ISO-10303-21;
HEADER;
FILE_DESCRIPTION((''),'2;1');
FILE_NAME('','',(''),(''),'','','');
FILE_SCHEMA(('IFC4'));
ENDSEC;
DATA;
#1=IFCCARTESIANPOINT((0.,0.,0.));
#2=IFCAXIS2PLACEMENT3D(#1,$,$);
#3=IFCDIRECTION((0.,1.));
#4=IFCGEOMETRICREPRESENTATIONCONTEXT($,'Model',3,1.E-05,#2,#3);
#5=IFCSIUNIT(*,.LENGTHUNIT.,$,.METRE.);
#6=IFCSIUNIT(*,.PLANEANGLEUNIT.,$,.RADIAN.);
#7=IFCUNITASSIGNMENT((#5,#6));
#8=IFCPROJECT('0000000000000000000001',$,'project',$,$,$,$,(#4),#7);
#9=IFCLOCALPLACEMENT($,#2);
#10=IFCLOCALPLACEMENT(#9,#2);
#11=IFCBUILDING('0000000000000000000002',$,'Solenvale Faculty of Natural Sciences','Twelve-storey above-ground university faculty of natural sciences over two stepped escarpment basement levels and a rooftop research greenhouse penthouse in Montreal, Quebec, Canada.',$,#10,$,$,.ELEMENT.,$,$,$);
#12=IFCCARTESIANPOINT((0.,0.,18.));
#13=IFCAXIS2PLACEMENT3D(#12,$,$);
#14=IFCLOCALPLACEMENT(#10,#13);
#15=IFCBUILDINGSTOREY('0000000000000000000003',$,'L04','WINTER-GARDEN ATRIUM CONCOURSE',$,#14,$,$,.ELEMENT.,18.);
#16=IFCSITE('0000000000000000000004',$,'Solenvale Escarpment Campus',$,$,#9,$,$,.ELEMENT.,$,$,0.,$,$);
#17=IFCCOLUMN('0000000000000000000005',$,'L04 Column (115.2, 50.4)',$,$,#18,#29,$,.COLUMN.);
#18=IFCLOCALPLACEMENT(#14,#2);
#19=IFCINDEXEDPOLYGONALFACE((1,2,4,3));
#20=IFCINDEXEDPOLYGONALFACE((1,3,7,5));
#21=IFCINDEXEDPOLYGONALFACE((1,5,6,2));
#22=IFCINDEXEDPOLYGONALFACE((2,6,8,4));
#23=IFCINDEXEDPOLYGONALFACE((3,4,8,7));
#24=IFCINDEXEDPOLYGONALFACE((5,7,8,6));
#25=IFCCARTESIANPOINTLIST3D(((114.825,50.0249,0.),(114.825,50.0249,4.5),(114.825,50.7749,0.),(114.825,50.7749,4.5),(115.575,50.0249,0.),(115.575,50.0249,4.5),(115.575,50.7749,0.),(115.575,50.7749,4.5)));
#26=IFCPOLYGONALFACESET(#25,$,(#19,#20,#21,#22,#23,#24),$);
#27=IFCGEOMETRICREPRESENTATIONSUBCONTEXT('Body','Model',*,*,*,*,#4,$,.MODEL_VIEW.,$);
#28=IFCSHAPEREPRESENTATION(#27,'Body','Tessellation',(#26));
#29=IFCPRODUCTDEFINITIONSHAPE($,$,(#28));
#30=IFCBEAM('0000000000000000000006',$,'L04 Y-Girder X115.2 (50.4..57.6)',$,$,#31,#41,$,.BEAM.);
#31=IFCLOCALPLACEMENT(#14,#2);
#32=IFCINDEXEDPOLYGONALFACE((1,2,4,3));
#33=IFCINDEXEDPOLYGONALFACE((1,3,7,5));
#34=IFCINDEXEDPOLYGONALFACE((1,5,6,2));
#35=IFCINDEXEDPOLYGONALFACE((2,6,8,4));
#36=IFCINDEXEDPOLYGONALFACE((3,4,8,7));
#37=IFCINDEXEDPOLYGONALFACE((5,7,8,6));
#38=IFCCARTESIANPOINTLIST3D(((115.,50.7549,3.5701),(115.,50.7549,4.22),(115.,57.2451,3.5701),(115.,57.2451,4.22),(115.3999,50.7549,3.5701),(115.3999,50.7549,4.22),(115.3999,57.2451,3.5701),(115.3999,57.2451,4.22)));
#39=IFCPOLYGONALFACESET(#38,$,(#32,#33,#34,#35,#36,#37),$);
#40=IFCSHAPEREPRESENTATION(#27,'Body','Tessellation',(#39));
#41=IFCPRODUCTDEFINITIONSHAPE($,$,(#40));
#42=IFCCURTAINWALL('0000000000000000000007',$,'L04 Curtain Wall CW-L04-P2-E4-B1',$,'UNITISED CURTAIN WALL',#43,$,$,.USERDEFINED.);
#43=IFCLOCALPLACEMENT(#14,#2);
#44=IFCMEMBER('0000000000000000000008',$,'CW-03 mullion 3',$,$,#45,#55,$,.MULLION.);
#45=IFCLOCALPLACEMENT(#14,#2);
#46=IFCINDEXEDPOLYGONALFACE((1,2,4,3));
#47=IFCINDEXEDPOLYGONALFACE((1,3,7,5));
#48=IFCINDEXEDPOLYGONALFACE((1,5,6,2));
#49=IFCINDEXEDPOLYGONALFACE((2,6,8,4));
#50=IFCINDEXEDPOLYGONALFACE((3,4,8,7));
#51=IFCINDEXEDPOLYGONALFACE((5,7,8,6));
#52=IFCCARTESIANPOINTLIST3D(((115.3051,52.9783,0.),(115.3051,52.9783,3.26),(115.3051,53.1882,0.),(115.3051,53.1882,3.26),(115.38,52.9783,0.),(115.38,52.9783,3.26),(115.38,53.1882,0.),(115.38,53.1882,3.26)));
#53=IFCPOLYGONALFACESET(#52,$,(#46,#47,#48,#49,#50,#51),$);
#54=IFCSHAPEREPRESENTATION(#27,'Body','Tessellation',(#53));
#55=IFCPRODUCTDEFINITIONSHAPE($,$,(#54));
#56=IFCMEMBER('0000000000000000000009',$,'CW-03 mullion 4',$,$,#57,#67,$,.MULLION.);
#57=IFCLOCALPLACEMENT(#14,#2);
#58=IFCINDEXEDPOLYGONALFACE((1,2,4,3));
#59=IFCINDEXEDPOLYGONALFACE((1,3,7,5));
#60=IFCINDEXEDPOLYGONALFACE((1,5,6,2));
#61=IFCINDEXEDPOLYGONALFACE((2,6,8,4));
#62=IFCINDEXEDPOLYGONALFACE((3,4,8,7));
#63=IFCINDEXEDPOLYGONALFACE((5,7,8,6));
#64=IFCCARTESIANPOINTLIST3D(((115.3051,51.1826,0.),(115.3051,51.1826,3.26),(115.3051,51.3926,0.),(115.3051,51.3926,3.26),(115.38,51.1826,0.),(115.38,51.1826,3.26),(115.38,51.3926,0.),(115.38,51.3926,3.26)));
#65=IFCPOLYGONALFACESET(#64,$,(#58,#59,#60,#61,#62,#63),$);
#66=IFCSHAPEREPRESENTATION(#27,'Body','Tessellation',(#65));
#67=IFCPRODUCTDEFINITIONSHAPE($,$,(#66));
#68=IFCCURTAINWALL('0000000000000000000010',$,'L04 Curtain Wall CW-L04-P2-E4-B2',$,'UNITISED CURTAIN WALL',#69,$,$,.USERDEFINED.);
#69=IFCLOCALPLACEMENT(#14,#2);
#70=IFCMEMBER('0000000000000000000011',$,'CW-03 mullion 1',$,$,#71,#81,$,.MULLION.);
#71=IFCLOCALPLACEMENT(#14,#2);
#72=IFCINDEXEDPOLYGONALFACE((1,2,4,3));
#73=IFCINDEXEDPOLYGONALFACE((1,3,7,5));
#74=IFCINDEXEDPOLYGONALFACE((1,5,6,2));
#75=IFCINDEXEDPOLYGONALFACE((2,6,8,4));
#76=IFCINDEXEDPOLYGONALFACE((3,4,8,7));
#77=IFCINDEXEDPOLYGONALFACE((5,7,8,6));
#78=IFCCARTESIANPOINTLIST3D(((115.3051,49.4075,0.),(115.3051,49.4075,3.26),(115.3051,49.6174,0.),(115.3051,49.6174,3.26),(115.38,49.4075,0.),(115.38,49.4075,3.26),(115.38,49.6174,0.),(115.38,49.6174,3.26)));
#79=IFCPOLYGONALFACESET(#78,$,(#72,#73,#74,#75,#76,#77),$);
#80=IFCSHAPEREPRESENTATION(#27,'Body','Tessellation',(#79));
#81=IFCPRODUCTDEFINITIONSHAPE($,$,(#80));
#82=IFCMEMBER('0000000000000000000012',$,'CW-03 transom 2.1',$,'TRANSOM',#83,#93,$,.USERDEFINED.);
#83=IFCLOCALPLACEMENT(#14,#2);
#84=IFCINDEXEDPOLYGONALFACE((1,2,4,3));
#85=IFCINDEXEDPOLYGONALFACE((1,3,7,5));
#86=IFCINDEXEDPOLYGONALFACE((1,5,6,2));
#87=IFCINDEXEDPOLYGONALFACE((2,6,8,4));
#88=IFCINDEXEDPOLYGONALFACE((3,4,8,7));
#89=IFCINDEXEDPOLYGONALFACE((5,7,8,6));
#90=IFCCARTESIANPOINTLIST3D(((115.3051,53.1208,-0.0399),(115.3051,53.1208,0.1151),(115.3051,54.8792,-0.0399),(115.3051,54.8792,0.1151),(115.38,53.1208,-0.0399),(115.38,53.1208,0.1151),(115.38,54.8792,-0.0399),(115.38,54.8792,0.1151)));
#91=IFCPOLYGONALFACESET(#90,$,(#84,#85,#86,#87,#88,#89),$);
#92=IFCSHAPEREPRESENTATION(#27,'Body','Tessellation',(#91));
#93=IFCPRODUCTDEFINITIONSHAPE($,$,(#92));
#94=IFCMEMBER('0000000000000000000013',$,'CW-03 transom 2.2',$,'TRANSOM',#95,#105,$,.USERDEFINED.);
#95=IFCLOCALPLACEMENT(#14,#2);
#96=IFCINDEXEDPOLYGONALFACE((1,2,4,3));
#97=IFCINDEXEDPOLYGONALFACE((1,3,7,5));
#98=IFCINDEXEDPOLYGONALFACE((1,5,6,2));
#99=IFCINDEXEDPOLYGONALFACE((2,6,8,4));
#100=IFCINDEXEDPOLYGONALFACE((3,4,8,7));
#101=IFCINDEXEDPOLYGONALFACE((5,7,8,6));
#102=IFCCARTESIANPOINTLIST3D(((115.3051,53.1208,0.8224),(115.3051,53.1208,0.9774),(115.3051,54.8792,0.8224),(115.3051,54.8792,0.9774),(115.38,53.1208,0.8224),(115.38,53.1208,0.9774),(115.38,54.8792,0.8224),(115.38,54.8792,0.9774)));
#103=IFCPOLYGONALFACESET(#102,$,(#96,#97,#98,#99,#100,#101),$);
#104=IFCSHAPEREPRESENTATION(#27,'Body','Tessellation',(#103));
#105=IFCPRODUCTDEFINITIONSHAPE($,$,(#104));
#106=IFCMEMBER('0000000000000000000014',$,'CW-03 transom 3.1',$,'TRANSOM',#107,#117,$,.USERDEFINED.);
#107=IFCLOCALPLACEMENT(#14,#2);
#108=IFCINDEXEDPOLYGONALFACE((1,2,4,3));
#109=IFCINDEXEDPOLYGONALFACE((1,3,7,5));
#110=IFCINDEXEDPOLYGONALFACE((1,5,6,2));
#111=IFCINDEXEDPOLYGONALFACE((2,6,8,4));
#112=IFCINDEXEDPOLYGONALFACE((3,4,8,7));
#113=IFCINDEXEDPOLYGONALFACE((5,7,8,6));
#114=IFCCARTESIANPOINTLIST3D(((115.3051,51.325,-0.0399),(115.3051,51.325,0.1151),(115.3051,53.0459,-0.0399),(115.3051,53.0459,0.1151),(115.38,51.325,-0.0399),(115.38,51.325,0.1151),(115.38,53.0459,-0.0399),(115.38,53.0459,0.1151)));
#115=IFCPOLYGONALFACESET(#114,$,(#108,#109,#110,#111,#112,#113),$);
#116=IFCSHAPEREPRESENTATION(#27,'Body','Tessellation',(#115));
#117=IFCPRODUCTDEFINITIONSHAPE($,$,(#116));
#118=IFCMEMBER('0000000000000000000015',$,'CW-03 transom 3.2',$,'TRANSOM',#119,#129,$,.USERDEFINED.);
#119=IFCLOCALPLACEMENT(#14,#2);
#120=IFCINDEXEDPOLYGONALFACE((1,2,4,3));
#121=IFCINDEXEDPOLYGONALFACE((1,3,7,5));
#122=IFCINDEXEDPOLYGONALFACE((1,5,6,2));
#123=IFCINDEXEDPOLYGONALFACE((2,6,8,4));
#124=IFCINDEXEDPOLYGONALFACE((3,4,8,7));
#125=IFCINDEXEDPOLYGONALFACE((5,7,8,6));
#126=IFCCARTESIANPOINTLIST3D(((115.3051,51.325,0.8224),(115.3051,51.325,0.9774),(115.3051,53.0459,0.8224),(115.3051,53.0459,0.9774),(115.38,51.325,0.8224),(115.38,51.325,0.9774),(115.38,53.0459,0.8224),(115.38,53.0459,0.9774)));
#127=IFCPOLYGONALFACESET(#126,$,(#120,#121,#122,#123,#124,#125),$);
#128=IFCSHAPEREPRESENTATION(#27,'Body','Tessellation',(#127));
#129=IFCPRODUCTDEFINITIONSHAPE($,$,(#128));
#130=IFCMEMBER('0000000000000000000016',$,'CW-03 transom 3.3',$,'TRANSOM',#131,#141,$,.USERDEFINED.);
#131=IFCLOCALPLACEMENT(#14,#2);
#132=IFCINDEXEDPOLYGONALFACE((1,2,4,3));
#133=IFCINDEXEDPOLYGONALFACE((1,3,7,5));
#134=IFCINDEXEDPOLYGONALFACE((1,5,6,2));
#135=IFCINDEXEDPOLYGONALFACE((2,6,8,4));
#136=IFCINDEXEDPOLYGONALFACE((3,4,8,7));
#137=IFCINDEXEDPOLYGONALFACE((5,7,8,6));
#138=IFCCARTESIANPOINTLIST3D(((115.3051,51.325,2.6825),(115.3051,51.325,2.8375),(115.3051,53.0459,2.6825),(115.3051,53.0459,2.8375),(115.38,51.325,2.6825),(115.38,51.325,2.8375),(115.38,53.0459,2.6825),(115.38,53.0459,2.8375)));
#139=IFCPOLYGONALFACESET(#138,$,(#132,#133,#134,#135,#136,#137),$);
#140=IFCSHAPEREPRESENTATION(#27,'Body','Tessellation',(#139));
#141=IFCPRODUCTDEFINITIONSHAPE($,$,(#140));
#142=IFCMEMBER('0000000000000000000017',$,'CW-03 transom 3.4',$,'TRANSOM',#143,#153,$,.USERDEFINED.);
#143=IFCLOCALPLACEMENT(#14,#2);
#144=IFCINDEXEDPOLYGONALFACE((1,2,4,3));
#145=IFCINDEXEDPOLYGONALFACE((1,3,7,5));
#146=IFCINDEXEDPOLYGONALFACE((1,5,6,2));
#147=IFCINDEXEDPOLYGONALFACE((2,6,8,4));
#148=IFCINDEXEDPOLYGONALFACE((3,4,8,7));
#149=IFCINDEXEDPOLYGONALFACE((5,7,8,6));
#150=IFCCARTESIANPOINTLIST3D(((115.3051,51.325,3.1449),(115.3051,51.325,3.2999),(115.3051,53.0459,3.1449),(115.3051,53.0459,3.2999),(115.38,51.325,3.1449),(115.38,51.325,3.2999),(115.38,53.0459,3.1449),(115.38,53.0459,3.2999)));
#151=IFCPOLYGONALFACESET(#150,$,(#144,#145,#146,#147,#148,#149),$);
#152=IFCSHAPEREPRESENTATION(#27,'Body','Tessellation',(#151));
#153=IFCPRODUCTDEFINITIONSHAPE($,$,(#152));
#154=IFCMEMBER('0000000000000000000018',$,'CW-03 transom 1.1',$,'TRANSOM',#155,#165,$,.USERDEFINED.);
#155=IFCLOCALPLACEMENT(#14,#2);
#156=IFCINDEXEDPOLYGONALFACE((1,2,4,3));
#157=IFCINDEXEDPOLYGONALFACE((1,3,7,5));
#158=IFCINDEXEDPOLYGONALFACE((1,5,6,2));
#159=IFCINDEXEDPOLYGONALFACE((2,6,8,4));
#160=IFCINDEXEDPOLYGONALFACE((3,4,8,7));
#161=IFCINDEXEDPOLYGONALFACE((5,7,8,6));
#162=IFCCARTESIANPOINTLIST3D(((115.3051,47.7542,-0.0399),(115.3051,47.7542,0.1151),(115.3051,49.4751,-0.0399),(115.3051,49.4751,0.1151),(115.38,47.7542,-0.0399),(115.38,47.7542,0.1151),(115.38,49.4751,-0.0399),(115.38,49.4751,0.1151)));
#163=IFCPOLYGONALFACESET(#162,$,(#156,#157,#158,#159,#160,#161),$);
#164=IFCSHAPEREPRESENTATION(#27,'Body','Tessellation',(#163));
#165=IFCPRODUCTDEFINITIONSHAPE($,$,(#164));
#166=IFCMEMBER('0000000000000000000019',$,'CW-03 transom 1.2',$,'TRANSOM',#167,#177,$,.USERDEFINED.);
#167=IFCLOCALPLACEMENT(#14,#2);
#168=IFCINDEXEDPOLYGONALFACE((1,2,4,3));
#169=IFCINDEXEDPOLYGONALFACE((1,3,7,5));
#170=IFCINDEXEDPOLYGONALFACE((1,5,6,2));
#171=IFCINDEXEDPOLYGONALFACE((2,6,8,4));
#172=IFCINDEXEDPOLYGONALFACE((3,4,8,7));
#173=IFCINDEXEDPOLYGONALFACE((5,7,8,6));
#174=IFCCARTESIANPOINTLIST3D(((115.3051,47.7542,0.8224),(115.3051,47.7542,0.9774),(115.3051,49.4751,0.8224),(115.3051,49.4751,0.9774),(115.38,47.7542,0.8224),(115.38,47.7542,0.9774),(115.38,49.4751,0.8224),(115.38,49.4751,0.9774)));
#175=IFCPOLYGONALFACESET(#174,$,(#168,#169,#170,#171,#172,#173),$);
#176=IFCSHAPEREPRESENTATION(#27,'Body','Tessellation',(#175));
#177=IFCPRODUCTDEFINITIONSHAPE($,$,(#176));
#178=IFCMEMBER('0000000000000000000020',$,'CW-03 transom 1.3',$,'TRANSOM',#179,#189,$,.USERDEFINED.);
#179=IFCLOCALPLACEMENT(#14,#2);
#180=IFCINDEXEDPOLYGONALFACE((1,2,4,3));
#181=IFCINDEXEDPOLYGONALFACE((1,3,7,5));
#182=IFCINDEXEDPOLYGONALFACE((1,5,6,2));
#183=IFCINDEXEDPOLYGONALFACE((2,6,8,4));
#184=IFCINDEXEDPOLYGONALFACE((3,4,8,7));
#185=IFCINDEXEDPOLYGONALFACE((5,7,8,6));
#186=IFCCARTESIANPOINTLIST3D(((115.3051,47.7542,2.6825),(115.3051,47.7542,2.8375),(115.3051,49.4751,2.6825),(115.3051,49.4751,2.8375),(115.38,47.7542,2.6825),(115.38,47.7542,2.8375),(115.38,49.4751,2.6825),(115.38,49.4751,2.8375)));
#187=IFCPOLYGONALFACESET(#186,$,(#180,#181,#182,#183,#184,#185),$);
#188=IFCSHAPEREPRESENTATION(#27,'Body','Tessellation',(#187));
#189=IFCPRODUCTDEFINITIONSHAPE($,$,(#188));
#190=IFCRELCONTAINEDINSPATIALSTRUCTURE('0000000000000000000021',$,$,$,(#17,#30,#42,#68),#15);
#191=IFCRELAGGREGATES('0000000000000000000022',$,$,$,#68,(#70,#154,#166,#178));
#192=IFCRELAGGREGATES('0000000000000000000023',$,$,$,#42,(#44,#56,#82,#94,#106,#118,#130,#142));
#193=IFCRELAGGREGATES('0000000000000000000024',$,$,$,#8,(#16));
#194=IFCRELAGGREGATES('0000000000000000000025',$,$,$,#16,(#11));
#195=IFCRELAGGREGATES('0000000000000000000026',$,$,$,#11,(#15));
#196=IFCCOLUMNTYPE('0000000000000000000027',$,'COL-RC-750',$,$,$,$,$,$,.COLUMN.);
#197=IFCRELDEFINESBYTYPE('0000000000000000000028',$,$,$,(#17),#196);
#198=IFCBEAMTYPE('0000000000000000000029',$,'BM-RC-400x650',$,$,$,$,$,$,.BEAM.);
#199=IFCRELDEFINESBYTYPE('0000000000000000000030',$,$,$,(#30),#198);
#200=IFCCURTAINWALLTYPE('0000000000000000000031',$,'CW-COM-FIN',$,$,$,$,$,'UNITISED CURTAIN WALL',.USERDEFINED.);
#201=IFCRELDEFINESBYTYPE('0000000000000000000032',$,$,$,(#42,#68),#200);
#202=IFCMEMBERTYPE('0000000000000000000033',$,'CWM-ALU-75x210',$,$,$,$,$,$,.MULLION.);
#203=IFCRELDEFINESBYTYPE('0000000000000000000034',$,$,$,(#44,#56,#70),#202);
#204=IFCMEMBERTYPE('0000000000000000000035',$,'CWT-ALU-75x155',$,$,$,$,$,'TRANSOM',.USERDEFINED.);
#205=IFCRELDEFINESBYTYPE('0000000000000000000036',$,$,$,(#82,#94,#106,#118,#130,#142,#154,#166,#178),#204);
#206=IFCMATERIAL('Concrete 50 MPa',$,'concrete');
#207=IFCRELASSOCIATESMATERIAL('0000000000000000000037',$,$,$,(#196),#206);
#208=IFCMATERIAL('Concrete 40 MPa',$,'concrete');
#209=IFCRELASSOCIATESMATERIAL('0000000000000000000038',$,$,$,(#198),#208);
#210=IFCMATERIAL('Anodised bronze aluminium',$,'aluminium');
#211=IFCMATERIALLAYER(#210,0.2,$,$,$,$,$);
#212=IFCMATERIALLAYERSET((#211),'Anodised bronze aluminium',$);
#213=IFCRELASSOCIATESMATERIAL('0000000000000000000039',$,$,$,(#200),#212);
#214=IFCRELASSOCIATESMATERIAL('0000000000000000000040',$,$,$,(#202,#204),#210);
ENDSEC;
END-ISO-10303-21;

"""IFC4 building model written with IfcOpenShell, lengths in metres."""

from ifc_helpers import new_model, si_unit, direction, frame, origin, origin_2d, place, context, subcontext, project, spatial, rectangle, extrude, material, layer, layer_set, material_profile, profile_set, type_object, element, aggregate, save


model = new_model("IFC4")

# Units and contexts
model_context = context("Model", 3, precision=1e-05, world=origin(), true_north=direction((0.0, 1.0)))
body_context = subcontext(model_context, "Body", "Model", "MODEL_VIEW")
ifc_project = project(units=[si_unit("LENGTHUNIT", "METRE"), si_unit("PLANEANGLEUNIT", "RADIAN")], contexts=[model_context])

# Site, building, storey
site_placement = place(None, origin())
site = spatial("IfcSite", under=ifc_project, at=site_placement, Name="Solenvale Escarpment Campus", CompositionType="ELEMENT", RefElevation=0.0)
building_placement = place(site_placement, origin())
building = spatial("IfcBuilding", under=site, at=building_placement, Name="Solenvale Faculty of Natural Sciences", Description="Twelve-storey above-ground university faculty of natural sciences over two stepped escarpment basement levels and a rooftop research greenhouse penthouse in Montreal, Quebec, Canada.", CompositionType="ELEMENT")
storey_placement = place(building_placement, frame((0.0, 0.0, 18.0)))
storey = spatial("IfcBuildingStorey", under=building, at=storey_placement, Name="L04", Description="WINTER-GARDEN ATRIUM CONCOURSE", CompositionType="ELEMENT", Elevation=18.0)

# Column
ifc_material_1 = material(Name="Concrete 50 MPa", Category="concrete")
ifc_material_profile_1 = material_profile(ifc_material_1, rectangle(XDim=0.75, YDim=0.75, at=origin_2d()), Name="RC-COL-750x750")
ifc_profile_set_1 = profile_set([ifc_material_profile_1], Name="Concrete 50 MPa")
column_type = type_object("IfcColumnType", Name="COL-RC-750", PredefinedType="COLUMN", material=ifc_profile_set_1)
column_placement = place(storey_placement, frame((115.2, 50.3999, 0.0), z_axis=(0.0, 0.0, 1.0), x_axis=(1.0, 0.0, 0.0)))
element("IfcColumn", 1, at=column_placement, inside=storey, type_object=column_type, Name="L04 Column (115.2, 50.4)", PredefinedType="COLUMN", context=body_context, shape_type="SweptSolid", body=[
    extrude(rectangle(XDim=0.75, YDim=0.75, at=origin_2d()), origin(), (0.0, 0.0, 1.0), 4.5),
])

# Beam
ifc_material_2 = material(Name="Concrete 40 MPa", Category="concrete")
ifc_material_profile_2 = material_profile(ifc_material_2, rectangle(XDim=0.3999, YDim=0.6499, at=origin_2d()), Name="RC-BM-400x650")
ifc_profile_set_2 = profile_set([ifc_material_profile_2], Name="Concrete 40 MPa")
beam_type = type_object("IfcBeamType", Name="BM-RC-400x650", PredefinedType="BEAM", material=ifc_profile_set_2)
beam_placement = place(storey_placement, frame((115.2, 50.7549, 3.895), z_axis=(0.0, 1.0, 0.0), x_axis=(-1.0, 0.0, 0.0)))
element("IfcBeam", 2, at=beam_placement, inside=storey, type_object=beam_type, Name="L04 Y-Girder X115.2 (50.4..57.6)", PredefinedType="BEAM", context=body_context, shape_type="SweptSolid", body=[
    extrude(rectangle(XDim=0.3999, YDim=0.6499, at=origin_2d()), origin(), (0.0, 0.0, 1.0), 6.4902),
])

# Curtain wall, members
ifc_material_3 = material(Name="Anodised bronze aluminium", Category="aluminium")
ifc_layer_1 = layer(ifc_material_3, 0.2)
ifc_layer_set_1 = layer_set([ifc_layer_1], Name="Anodised bronze aluminium")
curtain_wall_type = type_object("IfcCurtainWallType", Name="CW-COM-FIN", ElementType="UNITISED CURTAIN WALL", PredefinedType="USERDEFINED", material=ifc_layer_set_1)
curtain_wall_1_placement = place(storey_placement, origin())
curtain_wall_1 = element("IfcCurtainWall", 3, at=curtain_wall_1_placement, inside=storey, type_object=curtain_wall_type, Name="L04 Curtain Wall CW-L04-P2-E4-B1", ObjectType="UNITISED CURTAIN WALL", PredefinedType="USERDEFINED")
ifc_material_profile_3 = material_profile(ifc_material_3, rectangle(XDim=0.075, YDim=0.21, at=origin_2d()), Name="ALU-MUL-75x210")
ifc_profile_set_3 = profile_set([ifc_material_profile_3], Name="Anodised bronze aluminium")
member_type_1 = type_object("IfcMemberType", Name="CWM-ALU-75x210", PredefinedType="MULLION", material=ifc_profile_set_3)
member_1_placement = place(storey_placement, frame((115.3425, 53.0833, 0.0), z_axis=(0.0, 0.0, 1.0), x_axis=(1.0, 0.0, 0.0)))
member_1 = element("IfcMember", 4, at=member_1_placement, type_object=member_type_1, Name="CW-03 mullion 3", PredefinedType="MULLION", context=body_context, shape_type="SweptSolid", body=[
    extrude(rectangle(XDim=0.075, YDim=0.21, at=origin_2d()), origin(), (0.0, 0.0, 1.0), 3.26),
])
member_2_placement = place(storey_placement, frame((115.3425, 51.2876, 0.0), z_axis=(0.0, 0.0, 1.0), x_axis=(1.0, 0.0, 0.0)))
member_2 = element("IfcMember", 5, at=member_2_placement, type_object=member_type_1, Name="CW-03 mullion 4", PredefinedType="MULLION", context=body_context, shape_type="SweptSolid", body=[
    extrude(rectangle(XDim=0.075, YDim=0.21, at=origin_2d()), origin(), (0.0, 0.0, 1.0), 3.26),
])

# Curtain wall, member
curtain_wall_2_placement = place(storey_placement, origin())
curtain_wall_2 = element("IfcCurtainWall", 6, at=curtain_wall_2_placement, inside=storey, type_object=curtain_wall_type, Name="L04 Curtain Wall CW-L04-P2-E4-B2", ObjectType="UNITISED CURTAIN WALL", PredefinedType="USERDEFINED")
member_3_placement = place(storey_placement, frame((115.3425, 49.5125, 0.0), z_axis=(0.0, 0.0, 1.0), x_axis=(1.0, 0.0, 0.0)))
member_3 = element("IfcMember", 7, at=member_3_placement, type_object=member_type_1, Name="CW-03 mullion 1", PredefinedType="MULLION", context=body_context, shape_type="SweptSolid", body=[
    extrude(rectangle(XDim=0.075, YDim=0.21, at=origin_2d()), origin(), (0.0, 0.0, 1.0), 3.26),
])

# Members
ifc_material_profile_4 = material_profile(ifc_material_3, rectangle(XDim=0.075, YDim=0.155, at=origin_2d()), Name="ALU-TRN-75x155")
ifc_profile_set_4 = profile_set([ifc_material_profile_4], Name="Anodised bronze aluminium")
member_type_2 = type_object("IfcMemberType", Name="CWT-ALU-75x155", ElementType="TRANSOM", PredefinedType="USERDEFINED", material=ifc_profile_set_4)
member_4_placement = place(storey_placement, frame((115.3425, 54.8792, 0.0376), z_axis=(0.0, -1.0, 0.0), x_axis=(1.0, 0.0, 0.0)))
member_4 = element("IfcMember", 8, at=member_4_placement, type_object=member_type_2, Name="CW-03 transom 2.1", ObjectType="TRANSOM", PredefinedType="USERDEFINED", context=body_context, shape_type="SweptSolid", body=[
    extrude(rectangle(XDim=0.075, YDim=0.155, at=origin_2d()), origin(), (0.0, 0.0, 1.0), 1.7583),
])
member_5_placement = place(storey_placement, frame((115.3425, 54.8792, 0.8999), z_axis=(0.0, -1.0, 0.0), x_axis=(1.0, 0.0, 0.0)))
member_5 = element("IfcMember", 9, at=member_5_placement, type_object=member_type_2, Name="CW-03 transom 2.2", ObjectType="TRANSOM", PredefinedType="USERDEFINED", context=body_context, shape_type="SweptSolid", body=[
    extrude(rectangle(XDim=0.075, YDim=0.155, at=origin_2d()), origin(), (0.0, 0.0, 1.0), 1.7583),
])
member_6_placement = place(storey_placement, frame((115.3425, 53.0459, 0.0376), z_axis=(0.0, -1.0, 0.0), x_axis=(1.0, 0.0, 0.0)))
member_6 = element("IfcMember", 10, at=member_6_placement, type_object=member_type_2, Name="CW-03 transom 3.1", ObjectType="TRANSOM", PredefinedType="USERDEFINED", context=body_context, shape_type="SweptSolid", body=[
    extrude(rectangle(XDim=0.075, YDim=0.155, at=origin_2d()), origin(), (0.0, 0.0, 1.0), 1.7209),
])
member_7_placement = place(storey_placement, frame((115.3425, 53.0459, 0.8999), z_axis=(0.0, -1.0, 0.0), x_axis=(1.0, 0.0, 0.0)))
member_7 = element("IfcMember", 11, at=member_7_placement, type_object=member_type_2, Name="CW-03 transom 3.2", ObjectType="TRANSOM", PredefinedType="USERDEFINED", context=body_context, shape_type="SweptSolid", body=[
    extrude(rectangle(XDim=0.075, YDim=0.155, at=origin_2d()), origin(), (0.0, 0.0, 1.0), 1.7209),
])
member_8_placement = place(storey_placement, frame((115.3425, 53.0459, 2.76), z_axis=(0.0, -1.0, 0.0), x_axis=(1.0, 0.0, 0.0)))
member_8 = element("IfcMember", 12, at=member_8_placement, type_object=member_type_2, Name="CW-03 transom 3.3", ObjectType="TRANSOM", PredefinedType="USERDEFINED", context=body_context, shape_type="SweptSolid", body=[
    extrude(rectangle(XDim=0.075, YDim=0.155, at=origin_2d()), origin(), (0.0, 0.0, 1.0), 1.7209),
])
member_9_placement = place(storey_placement, frame((115.3425, 53.0459, 3.2224), z_axis=(0.0, -1.0, 0.0), x_axis=(1.0, 0.0, 0.0)))
member_9 = element("IfcMember", 13, at=member_9_placement, type_object=member_type_2, Name="CW-03 transom 3.4", ObjectType="TRANSOM", PredefinedType="USERDEFINED", context=body_context, shape_type="SweptSolid", body=[
    extrude(rectangle(XDim=0.075, YDim=0.155, at=origin_2d()), origin(), (0.0, 0.0, 1.0), 1.7209),
])
member_10_placement = place(storey_placement, frame((115.3425, 49.4751, 0.0376), z_axis=(0.0, -1.0, 0.0), x_axis=(1.0, 0.0, 0.0)))
member_10 = element("IfcMember", 14, at=member_10_placement, type_object=member_type_2, Name="CW-03 transom 1.1", ObjectType="TRANSOM", PredefinedType="USERDEFINED", context=body_context, shape_type="SweptSolid", body=[
    extrude(rectangle(XDim=0.075, YDim=0.155, at=origin_2d()), origin(), (0.0, 0.0, 1.0), 1.7209),
])
member_11_placement = place(storey_placement, frame((115.3425, 49.4751, 0.8999), z_axis=(0.0, -1.0, 0.0), x_axis=(1.0, 0.0, 0.0)))
member_11 = element("IfcMember", 15, at=member_11_placement, type_object=member_type_2, Name="CW-03 transom 1.2", ObjectType="TRANSOM", PredefinedType="USERDEFINED", context=body_context, shape_type="SweptSolid", body=[
    extrude(rectangle(XDim=0.075, YDim=0.155, at=origin_2d()), origin(), (0.0, 0.0, 1.0), 1.7209),
])
member_12_placement = place(storey_placement, frame((115.3425, 49.4751, 2.76), z_axis=(0.0, -1.0, 0.0), x_axis=(1.0, 0.0, 0.0)))
member_12 = element("IfcMember", 16, at=member_12_placement, type_object=member_type_2, Name="CW-03 transom 1.3", ObjectType="TRANSOM", PredefinedType="USERDEFINED", context=body_context, shape_type="SweptSolid", body=[
    extrude(rectangle(XDim=0.075, YDim=0.155, at=origin_2d()), origin(), (0.0, 0.0, 1.0), 1.7209),
])
aggregate(curtain_wall_2, [member_3, member_10, member_11, member_12])

aggregate(curtain_wall_1, [member_1, member_2, member_4, member_5, member_6, member_7, member_8, member_9])

save(model, "model.ifc")
